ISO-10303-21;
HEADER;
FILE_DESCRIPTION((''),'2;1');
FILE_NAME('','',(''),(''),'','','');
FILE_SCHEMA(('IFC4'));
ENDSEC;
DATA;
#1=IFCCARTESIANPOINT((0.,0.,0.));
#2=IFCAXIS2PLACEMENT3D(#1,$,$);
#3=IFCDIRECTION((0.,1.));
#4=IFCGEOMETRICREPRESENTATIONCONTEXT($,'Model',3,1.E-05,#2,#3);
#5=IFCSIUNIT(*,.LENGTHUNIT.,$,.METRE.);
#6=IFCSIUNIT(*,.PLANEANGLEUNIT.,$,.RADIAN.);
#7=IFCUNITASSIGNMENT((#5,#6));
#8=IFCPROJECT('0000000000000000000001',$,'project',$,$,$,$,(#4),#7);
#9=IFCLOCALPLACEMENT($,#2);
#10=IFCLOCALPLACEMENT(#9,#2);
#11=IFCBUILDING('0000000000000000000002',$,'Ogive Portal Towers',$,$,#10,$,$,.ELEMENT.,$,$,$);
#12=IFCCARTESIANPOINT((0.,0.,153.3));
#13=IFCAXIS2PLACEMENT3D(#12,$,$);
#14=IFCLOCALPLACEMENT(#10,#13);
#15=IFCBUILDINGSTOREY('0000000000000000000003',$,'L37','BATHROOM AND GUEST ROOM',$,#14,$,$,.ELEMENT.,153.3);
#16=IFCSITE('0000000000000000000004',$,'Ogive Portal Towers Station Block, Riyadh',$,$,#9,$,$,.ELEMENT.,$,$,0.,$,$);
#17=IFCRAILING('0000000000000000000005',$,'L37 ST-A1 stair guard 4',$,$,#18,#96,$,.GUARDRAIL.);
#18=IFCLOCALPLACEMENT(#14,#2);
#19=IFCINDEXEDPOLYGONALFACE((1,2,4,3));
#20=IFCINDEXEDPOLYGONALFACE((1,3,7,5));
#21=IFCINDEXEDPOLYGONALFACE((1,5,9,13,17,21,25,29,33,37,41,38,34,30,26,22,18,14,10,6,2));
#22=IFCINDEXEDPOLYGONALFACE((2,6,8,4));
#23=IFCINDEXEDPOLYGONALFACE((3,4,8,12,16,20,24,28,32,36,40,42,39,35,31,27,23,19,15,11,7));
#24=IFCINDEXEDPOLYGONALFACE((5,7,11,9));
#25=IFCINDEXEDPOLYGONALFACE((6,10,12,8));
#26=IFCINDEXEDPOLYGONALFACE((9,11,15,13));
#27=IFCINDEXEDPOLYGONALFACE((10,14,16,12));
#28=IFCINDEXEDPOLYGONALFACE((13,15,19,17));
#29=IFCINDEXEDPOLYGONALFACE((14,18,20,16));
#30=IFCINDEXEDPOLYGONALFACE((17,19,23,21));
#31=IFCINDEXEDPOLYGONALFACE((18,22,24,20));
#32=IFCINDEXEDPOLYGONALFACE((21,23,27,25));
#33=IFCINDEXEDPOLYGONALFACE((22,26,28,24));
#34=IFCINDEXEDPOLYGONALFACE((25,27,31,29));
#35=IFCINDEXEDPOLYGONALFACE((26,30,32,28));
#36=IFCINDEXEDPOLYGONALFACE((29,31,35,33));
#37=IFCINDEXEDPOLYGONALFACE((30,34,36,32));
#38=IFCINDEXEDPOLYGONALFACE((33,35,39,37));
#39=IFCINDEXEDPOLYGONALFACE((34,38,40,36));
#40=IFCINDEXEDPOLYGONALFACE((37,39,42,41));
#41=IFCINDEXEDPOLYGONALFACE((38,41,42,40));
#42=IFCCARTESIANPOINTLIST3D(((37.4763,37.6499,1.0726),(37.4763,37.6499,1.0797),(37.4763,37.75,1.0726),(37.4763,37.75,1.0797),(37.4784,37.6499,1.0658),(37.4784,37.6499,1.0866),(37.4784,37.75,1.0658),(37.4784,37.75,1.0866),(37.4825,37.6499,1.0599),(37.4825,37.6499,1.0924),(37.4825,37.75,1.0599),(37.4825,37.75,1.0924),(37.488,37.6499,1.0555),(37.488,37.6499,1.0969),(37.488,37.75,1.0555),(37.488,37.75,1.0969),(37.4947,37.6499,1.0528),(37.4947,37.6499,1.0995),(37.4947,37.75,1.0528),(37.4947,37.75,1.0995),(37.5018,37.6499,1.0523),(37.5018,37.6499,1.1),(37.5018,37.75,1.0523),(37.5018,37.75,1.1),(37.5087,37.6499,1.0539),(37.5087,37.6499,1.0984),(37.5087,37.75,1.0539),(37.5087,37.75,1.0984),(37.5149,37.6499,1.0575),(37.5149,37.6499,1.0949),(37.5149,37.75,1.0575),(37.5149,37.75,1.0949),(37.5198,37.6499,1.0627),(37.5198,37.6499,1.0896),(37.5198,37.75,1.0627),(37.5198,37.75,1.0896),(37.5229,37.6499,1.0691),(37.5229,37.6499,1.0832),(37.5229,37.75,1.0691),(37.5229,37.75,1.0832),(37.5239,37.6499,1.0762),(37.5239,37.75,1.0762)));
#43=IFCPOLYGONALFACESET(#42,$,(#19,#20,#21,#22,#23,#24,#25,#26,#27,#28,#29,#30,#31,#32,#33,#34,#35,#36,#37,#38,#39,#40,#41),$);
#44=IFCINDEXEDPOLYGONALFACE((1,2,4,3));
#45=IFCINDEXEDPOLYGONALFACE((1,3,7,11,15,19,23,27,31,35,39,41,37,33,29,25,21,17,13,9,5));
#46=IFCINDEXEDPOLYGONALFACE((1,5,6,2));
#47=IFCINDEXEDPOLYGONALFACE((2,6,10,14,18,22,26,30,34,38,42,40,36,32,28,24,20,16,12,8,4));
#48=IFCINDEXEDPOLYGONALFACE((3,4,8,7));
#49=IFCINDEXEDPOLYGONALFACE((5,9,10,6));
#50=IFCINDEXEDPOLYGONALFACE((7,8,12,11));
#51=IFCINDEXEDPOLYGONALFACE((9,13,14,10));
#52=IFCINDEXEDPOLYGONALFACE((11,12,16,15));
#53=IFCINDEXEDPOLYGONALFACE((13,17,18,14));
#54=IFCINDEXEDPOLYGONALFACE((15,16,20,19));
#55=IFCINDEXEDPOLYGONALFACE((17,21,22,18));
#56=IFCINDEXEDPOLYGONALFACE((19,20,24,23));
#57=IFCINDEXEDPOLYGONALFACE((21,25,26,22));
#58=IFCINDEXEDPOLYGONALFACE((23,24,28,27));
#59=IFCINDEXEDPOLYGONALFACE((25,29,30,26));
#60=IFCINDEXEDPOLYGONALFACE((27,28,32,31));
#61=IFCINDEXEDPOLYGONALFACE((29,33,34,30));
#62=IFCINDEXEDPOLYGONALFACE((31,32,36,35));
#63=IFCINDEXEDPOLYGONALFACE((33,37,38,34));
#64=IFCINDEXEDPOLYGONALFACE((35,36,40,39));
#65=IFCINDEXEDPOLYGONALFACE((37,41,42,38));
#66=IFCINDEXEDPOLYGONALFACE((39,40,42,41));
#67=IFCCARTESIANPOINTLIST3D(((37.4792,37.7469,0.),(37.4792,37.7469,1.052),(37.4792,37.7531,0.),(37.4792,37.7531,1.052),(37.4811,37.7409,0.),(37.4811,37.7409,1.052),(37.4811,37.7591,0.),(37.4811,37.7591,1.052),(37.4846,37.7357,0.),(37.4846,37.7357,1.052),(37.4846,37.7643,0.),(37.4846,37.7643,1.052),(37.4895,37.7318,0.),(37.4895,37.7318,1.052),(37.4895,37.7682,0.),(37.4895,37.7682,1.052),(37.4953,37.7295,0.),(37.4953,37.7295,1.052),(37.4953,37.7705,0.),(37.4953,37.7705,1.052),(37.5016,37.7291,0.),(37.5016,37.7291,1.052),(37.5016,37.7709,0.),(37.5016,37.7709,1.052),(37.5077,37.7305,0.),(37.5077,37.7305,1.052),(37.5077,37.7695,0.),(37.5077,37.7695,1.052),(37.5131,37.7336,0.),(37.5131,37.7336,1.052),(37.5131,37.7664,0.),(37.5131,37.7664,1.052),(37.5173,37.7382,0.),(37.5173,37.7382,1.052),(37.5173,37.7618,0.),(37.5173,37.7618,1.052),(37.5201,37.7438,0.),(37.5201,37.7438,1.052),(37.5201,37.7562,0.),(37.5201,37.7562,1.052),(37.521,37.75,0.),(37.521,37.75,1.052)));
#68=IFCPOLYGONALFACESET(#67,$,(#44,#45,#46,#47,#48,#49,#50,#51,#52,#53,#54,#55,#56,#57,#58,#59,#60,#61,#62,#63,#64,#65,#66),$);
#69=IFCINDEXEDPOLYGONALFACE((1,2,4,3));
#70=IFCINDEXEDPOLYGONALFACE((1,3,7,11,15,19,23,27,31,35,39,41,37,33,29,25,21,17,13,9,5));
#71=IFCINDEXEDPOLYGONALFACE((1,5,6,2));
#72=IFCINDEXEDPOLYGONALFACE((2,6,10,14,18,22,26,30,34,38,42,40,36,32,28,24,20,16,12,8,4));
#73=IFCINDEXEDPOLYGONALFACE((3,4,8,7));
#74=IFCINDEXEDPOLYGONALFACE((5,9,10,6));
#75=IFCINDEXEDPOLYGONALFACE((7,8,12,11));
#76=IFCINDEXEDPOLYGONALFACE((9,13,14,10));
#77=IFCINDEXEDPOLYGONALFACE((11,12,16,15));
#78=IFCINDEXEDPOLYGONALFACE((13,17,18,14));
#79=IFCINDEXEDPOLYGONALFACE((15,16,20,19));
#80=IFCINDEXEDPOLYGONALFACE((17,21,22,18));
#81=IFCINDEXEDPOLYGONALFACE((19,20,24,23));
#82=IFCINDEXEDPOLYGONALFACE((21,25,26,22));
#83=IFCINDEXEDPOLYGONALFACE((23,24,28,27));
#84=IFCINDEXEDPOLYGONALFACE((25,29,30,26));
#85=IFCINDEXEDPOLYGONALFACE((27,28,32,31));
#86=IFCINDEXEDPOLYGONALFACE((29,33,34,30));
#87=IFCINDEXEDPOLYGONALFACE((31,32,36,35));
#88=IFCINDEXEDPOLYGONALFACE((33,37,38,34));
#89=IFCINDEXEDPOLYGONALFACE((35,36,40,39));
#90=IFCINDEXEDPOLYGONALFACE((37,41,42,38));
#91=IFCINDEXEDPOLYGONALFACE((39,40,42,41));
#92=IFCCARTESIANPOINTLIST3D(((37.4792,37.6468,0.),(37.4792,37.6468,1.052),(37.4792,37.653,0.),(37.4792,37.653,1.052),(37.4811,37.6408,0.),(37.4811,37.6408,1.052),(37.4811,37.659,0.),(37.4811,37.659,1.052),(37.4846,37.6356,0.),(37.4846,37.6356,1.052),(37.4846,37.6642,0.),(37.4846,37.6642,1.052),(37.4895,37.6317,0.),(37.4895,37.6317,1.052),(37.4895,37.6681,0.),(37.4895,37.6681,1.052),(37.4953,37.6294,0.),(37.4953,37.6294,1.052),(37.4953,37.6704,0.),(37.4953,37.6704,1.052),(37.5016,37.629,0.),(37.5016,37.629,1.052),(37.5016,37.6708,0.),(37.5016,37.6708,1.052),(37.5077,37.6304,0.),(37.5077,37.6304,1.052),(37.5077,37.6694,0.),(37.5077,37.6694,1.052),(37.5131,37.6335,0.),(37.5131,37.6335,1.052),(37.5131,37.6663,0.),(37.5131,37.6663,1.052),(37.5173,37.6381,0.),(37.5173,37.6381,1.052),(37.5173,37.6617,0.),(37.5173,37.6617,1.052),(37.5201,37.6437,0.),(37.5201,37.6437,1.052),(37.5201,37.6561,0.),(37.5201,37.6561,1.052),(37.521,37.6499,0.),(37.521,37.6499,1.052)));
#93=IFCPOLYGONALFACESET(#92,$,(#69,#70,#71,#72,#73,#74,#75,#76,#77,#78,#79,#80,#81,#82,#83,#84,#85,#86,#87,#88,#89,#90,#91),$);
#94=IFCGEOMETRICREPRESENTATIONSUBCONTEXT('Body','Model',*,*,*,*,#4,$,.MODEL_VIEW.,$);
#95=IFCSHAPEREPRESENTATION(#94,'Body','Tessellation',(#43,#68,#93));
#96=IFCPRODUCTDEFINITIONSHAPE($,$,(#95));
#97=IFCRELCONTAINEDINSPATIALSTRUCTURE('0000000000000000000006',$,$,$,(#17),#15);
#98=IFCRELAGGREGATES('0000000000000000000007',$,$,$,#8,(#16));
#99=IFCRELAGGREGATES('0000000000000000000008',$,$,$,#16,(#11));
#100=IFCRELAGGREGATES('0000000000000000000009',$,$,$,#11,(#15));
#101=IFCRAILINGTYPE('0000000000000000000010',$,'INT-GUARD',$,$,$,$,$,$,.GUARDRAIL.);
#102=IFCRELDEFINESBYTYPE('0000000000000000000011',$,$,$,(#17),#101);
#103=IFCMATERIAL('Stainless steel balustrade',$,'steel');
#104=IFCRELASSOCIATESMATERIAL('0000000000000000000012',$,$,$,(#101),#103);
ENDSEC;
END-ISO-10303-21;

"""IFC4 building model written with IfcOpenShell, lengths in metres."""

from ifc_helpers import new_model, si_unit, direction, frame, origin, origin_2d, place, context, subcontext, project, spatial, circle, extrude, material, type_object, element, save


model = new_model("IFC4")

# Units and contexts
model_context = context("Model", 3, precision=1e-05, world=origin(), true_north=direction((0.0, 1.0)))
body_context = subcontext(model_context, "Body", "Model", "MODEL_VIEW")
ifc_project = project(units=[si_unit("LENGTHUNIT", "METRE"), si_unit("PLANEANGLEUNIT", "RADIAN")], contexts=[model_context])

# Site, building, storey
site_placement = place(None, origin())
site = spatial("IfcSite", under=ifc_project, at=site_placement, Name="Ogive Portal Towers Station Block, Riyadh", CompositionType="ELEMENT", RefElevation=0.0)
building_placement = place(site_placement, origin())
building = spatial("IfcBuilding", under=site, at=building_placement, Name="Ogive Portal Towers", CompositionType="ELEMENT")
storey_placement = place(building_placement, frame((0.0, 0.0, 153.3)))
storey = spatial("IfcBuildingStorey", under=building, at=storey_placement, Name="L37", Description="BATHROOM AND GUEST ROOM", CompositionType="ELEMENT", Elevation=153.3)

# Railing
ifc_material_1 = material(Name="Stainless steel balustrade", Category="steel")
railing_type_1 = type_object("IfcRailingType", Name="INT-GUARD", PredefinedType="GUARDRAIL", material=ifc_material_1)
railing_1_placement = place(storey_placement, frame((37.5, 37.75, 0.0)))
element("IfcRailing", 1, at=railing_1_placement, inside=storey, type_object=railing_type_1, Name="L37 ST-A1 stair guard 4", PredefinedType="GUARDRAIL", context=body_context, shape_type="SweptSolid", body=[
    extrude(circle(Radius=0.0239, at=origin_2d()), frame((0.0, 0.0, 1.0762), z_axis=(0.0, -1.0, 0.0), x_axis=(1.0, 0.0, 0.0)), (0.0, 0.0, 1.0), 0.1001),
    extrude(circle(Radius=0.021, at=origin_2d()), origin(), (0.0, 0.0, 1.0), 1.052),
    extrude(circle(Radius=0.021, at=origin_2d()), frame((0.0, -0.1001, 0.0)), (0.0, 0.0, 1.0), 1.052),
])

save(model, "model.ifc")
